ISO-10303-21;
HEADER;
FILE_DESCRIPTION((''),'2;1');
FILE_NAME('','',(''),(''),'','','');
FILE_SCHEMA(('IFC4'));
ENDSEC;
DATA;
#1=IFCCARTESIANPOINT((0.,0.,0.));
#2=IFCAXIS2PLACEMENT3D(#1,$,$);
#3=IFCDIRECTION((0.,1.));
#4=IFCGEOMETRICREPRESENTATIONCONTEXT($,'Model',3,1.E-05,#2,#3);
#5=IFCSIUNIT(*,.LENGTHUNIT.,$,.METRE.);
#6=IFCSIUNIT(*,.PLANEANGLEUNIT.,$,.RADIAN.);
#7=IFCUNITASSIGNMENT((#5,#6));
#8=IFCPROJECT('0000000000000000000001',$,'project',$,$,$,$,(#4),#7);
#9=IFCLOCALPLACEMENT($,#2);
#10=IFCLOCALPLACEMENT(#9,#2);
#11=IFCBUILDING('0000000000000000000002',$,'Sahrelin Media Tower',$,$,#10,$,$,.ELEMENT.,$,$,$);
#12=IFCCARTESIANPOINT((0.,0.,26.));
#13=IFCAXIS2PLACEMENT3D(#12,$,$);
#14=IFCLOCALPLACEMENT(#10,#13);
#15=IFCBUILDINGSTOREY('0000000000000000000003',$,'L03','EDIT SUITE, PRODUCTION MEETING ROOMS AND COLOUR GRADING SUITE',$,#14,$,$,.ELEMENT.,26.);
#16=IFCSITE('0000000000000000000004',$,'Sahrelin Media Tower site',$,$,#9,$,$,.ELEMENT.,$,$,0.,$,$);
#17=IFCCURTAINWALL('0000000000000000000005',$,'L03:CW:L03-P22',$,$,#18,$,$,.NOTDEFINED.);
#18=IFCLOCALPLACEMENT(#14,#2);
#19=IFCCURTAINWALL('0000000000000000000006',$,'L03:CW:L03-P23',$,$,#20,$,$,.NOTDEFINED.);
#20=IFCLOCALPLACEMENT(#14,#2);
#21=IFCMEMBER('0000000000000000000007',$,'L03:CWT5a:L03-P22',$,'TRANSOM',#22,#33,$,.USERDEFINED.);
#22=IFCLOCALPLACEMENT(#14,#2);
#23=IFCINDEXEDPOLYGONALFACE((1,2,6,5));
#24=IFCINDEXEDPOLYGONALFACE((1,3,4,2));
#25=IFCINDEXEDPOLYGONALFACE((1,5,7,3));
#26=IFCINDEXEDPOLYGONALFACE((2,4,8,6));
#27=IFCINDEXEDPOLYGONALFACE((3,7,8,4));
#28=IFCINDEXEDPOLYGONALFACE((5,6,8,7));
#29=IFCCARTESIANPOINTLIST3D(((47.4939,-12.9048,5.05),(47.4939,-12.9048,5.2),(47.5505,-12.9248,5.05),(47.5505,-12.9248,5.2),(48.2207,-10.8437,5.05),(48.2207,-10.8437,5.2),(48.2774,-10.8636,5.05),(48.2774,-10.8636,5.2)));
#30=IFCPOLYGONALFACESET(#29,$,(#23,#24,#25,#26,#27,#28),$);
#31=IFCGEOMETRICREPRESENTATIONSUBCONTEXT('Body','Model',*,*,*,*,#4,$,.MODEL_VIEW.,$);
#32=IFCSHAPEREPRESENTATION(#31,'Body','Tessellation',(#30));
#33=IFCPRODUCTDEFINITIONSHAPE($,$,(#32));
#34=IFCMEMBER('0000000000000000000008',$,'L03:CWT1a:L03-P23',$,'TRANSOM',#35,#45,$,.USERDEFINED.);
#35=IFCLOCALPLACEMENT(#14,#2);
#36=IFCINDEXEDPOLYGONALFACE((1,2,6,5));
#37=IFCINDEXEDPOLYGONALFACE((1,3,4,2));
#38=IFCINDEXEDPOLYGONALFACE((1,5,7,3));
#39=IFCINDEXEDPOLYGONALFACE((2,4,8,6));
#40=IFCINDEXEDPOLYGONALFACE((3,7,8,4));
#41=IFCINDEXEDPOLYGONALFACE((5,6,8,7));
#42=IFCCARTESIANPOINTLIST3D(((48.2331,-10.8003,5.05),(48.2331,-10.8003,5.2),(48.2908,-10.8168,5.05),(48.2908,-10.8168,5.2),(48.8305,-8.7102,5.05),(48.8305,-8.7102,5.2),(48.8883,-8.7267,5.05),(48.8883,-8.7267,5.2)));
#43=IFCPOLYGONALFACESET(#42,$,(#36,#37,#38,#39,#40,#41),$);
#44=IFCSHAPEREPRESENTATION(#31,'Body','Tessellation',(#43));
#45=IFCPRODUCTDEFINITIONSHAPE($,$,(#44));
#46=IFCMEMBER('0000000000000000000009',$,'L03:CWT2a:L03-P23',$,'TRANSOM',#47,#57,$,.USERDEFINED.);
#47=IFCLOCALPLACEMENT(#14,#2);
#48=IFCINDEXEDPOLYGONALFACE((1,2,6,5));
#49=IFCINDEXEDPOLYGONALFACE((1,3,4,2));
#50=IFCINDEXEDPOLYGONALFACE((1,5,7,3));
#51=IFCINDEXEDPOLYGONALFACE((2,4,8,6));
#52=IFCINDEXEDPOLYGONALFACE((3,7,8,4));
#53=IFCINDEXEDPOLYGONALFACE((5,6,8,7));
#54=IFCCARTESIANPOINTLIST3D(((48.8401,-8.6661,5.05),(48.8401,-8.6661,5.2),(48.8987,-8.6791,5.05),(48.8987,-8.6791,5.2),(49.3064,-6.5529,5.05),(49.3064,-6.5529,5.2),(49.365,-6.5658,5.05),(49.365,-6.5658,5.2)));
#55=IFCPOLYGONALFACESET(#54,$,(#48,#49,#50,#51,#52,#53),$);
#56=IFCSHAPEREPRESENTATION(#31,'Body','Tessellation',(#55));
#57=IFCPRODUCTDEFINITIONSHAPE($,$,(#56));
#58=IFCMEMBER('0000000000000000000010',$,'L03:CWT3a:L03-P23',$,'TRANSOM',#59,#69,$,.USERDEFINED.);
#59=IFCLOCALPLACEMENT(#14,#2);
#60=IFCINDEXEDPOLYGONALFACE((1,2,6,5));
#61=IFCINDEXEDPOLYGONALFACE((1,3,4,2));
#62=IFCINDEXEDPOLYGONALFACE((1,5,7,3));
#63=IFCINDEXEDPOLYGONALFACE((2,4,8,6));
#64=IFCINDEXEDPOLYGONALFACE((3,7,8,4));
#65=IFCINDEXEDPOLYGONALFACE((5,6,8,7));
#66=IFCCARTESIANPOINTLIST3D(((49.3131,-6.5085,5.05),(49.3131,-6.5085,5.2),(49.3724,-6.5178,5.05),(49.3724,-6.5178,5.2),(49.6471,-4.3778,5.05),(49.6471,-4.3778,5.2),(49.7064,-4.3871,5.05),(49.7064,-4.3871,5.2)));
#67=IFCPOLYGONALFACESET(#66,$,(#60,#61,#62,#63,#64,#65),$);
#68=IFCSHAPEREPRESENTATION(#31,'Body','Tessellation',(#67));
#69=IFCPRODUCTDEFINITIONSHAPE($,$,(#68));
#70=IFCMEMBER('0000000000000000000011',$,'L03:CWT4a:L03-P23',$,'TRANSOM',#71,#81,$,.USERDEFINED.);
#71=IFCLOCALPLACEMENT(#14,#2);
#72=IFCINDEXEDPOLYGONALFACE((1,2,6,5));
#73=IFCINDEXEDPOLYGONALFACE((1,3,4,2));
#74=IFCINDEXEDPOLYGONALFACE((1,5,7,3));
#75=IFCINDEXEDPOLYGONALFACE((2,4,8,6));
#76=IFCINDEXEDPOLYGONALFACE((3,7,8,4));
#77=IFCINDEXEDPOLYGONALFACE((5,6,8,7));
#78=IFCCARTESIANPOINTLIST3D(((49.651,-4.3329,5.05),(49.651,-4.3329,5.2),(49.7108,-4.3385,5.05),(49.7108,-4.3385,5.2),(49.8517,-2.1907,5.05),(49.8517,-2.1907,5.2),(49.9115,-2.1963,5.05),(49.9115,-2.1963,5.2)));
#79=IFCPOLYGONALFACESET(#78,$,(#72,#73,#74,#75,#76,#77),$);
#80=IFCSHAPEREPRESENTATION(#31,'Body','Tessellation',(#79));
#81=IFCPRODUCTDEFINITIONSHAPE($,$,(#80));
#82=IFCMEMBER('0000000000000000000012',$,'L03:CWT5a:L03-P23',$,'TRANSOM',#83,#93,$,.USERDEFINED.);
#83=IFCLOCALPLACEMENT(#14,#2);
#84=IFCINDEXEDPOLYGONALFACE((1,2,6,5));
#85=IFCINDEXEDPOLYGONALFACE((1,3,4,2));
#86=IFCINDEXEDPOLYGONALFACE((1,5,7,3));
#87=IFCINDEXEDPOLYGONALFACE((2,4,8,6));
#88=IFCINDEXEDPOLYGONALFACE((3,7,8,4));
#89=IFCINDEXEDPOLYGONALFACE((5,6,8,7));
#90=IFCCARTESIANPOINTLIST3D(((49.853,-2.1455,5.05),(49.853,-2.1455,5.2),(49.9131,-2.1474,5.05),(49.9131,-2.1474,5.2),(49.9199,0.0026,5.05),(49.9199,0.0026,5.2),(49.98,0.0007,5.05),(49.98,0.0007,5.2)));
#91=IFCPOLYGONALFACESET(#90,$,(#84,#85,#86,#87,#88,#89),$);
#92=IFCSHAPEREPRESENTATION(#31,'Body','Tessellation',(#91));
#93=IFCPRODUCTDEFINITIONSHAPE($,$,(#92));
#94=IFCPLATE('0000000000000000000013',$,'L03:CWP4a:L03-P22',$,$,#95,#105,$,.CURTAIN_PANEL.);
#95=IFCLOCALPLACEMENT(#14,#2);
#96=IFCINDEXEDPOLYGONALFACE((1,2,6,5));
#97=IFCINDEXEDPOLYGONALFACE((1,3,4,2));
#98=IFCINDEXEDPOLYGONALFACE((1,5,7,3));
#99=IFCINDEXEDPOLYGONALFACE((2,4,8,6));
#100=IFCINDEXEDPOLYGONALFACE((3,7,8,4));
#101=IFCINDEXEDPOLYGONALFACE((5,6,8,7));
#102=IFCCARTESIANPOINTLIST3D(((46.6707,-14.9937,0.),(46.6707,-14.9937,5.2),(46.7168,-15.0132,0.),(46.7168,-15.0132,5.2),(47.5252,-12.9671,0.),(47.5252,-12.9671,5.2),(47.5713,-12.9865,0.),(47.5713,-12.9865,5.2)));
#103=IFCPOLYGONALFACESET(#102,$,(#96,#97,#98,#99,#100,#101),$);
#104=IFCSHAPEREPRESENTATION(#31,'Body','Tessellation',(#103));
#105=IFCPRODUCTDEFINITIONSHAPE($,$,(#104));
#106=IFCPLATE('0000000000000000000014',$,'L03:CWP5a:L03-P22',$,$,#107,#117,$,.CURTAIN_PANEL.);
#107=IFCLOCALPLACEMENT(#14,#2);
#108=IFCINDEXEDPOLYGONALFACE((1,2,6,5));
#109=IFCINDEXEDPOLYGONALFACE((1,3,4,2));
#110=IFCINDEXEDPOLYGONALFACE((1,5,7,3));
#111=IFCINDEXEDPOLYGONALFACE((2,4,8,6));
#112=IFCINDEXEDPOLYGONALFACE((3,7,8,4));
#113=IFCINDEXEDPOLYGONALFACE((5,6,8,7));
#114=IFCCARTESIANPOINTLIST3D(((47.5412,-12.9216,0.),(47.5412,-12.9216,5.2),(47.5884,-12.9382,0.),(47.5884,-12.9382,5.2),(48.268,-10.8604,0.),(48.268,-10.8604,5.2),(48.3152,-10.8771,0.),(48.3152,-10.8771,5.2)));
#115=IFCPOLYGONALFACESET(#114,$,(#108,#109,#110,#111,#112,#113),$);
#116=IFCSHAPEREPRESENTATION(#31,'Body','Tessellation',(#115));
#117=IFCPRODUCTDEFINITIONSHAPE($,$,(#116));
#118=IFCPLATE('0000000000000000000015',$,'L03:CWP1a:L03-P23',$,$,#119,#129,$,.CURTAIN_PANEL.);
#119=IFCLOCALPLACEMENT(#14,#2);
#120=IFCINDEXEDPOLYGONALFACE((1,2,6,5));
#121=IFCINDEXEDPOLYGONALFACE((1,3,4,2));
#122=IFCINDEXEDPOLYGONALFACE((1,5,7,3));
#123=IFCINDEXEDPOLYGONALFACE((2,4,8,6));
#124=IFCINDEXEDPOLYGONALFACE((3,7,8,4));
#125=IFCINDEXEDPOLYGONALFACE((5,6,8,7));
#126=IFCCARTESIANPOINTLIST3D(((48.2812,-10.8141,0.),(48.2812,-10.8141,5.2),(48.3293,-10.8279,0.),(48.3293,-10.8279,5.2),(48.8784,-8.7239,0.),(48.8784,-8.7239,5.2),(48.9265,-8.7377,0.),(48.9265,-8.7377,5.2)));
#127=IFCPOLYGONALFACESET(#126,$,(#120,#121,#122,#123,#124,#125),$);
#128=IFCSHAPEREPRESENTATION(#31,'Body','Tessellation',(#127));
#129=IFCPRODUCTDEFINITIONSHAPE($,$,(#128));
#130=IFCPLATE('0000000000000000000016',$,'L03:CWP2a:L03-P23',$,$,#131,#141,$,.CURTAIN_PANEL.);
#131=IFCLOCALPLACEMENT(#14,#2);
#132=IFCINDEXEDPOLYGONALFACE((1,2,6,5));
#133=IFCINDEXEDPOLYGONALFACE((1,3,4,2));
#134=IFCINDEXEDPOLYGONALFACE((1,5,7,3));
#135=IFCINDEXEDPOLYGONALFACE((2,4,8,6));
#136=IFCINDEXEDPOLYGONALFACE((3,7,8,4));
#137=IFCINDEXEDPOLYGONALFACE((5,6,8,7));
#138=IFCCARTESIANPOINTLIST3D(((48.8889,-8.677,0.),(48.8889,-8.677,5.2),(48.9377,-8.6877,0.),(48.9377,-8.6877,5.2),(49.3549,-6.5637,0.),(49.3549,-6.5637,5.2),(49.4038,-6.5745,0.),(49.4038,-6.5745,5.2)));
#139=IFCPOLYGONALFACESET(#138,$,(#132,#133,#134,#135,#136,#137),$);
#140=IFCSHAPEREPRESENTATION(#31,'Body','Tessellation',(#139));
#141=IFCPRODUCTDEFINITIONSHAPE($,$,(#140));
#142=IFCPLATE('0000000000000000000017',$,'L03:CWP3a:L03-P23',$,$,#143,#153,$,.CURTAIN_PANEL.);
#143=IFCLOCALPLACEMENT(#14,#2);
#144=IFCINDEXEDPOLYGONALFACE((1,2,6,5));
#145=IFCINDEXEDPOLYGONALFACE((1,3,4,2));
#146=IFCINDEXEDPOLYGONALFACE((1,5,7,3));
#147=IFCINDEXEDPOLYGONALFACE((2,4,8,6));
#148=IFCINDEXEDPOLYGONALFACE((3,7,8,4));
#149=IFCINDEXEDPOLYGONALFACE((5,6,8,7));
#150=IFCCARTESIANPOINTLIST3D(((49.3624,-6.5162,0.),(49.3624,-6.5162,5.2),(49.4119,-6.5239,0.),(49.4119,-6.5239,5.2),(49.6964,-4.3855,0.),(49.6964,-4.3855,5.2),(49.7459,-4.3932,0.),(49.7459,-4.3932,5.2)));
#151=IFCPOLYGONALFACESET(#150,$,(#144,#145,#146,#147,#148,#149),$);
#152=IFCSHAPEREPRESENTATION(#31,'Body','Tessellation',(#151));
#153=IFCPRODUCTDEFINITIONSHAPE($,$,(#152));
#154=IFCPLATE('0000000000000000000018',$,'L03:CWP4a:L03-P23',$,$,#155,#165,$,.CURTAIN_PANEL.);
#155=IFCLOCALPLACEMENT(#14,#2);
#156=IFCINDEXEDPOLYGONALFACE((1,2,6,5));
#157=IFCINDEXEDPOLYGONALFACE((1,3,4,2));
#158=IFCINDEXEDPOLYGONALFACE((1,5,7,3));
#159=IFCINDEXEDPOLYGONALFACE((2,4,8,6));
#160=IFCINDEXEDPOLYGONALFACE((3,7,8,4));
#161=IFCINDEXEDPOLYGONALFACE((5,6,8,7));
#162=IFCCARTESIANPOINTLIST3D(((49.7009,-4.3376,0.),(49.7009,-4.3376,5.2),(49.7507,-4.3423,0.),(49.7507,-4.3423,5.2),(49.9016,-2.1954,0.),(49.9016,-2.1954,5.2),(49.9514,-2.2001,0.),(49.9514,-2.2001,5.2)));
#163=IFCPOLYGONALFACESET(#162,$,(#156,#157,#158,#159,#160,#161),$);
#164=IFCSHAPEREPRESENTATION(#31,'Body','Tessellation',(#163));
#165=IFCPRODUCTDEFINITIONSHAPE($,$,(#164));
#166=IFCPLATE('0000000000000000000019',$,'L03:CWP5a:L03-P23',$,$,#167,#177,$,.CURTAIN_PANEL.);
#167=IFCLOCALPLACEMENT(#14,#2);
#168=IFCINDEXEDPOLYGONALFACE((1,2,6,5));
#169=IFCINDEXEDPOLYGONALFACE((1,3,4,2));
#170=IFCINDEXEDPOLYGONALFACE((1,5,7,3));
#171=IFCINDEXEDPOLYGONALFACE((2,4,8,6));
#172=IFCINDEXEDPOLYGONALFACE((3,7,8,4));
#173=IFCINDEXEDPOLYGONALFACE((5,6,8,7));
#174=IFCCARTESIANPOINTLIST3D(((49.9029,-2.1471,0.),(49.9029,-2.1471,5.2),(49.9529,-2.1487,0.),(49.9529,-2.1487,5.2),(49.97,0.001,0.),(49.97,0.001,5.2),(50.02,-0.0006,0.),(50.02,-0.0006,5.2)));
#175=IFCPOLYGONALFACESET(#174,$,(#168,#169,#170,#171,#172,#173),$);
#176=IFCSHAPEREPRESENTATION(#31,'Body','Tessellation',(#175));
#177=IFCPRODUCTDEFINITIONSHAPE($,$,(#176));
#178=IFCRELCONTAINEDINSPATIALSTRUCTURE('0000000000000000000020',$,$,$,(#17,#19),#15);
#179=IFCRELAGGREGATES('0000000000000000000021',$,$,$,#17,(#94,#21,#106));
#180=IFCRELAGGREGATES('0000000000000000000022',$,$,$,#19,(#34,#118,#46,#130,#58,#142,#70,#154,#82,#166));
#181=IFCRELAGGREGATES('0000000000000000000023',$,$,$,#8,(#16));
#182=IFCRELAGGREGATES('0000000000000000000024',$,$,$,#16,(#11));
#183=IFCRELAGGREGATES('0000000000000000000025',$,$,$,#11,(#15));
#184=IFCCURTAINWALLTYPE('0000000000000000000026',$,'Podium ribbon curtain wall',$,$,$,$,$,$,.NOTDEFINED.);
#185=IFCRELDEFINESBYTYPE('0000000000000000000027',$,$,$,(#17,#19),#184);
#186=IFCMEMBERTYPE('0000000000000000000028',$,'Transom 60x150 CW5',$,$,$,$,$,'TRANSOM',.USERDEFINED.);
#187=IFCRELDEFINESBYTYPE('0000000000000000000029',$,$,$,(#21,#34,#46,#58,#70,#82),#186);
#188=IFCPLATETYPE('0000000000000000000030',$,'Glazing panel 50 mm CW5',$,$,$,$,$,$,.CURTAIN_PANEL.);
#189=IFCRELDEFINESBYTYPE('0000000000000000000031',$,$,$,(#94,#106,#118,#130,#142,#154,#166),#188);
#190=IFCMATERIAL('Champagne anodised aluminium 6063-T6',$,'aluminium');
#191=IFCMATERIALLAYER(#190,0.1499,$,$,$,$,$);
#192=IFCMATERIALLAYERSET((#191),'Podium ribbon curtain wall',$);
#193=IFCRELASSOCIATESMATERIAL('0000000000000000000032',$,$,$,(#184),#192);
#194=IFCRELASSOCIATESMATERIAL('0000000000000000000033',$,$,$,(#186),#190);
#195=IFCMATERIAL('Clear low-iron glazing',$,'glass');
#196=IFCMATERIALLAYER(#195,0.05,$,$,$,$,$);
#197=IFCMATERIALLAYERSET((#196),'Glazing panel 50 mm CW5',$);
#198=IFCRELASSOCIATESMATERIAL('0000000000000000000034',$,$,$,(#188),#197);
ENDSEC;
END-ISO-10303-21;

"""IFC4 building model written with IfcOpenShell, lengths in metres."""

from ifc_helpers import new_model, si_unit, direction, frame, origin, origin_2d, place, context, subcontext, project, spatial, polyline, rectangle, outline, extrude, material, layer, layer_set, material_profile, profile_set, type_object, element, aggregate, save


model = new_model("IFC4")

# Units and contexts
model_context = context("Model", 3, precision=1e-05, world=origin(), true_north=direction((0.0, 1.0)))
body_context = subcontext(model_context, "Body", "Model", "MODEL_VIEW")
ifc_project = project(units=[si_unit("LENGTHUNIT", "METRE"), si_unit("PLANEANGLEUNIT", "RADIAN")], contexts=[model_context])

# Site, building, storey
site_placement = place(None, origin())
site = spatial("IfcSite", under=ifc_project, at=site_placement, Name="Sahrelin Media Tower site", CompositionType="ELEMENT", RefElevation=0.0)
building_placement = place(site_placement, origin())
building = spatial("IfcBuilding", under=site, at=building_placement, Name="Sahrelin Media Tower", CompositionType="ELEMENT")
storey_placement = place(building_placement, frame((0.0, 0.0, 26.0)))
storey = spatial("IfcBuildingStorey", under=building, at=storey_placement, Name="L03", Description="EDIT SUITE, PRODUCTION MEETING ROOMS AND COLOUR GRADING SUITE", CompositionType="ELEMENT", Elevation=26.0)

# Shared definitions
ifc_material_1 = material(Name="Champagne anodised aluminium 6063-T6", Category="aluminium")
ifc_layer_1 = layer(ifc_material_1, 0.1499)
ifc_layer_set_1 = layer_set([ifc_layer_1], Name="Podium ribbon curtain wall")
curtain_wall_type = type_object("IfcCurtainWallType", Name="Podium ribbon curtain wall", PredefinedType="NOTDEFINED", material=ifc_layer_set_1)

# Curtain walls
curtain_wall_1_placement = place(storey_placement, frame((43.3013, -21.0, 0.0), z_axis=(0.0, 0.0, 1.0), x_axis=(1.0, 0.0, 0.0)))
curtain_wall_1 = element("IfcCurtainWall", 1, at=curtain_wall_1_placement, inside=storey, type_object=curtain_wall_type, Name="L03:CW:L03-P22", PredefinedType="NOTDEFINED")
curtain_wall_2_placement = place(storey_placement, frame((48.2964, -10.8704, 0.0), z_axis=(0.0, 0.0, 1.0), x_axis=(1.0, 0.0, 0.0)))
curtain_wall_2 = element("IfcCurtainWall", 2, at=curtain_wall_2_placement, inside=storey, type_object=curtain_wall_type, Name="L03:CW:L03-P23", PredefinedType="NOTDEFINED")

# Members
ifc_material_profile_1 = material_profile(ifc_material_1, rectangle(XDim=0.0601, YDim=0.1499, at=origin_2d()), Name="Transom 60x150")
ifc_profile_set_1 = profile_set([ifc_material_profile_1], Name="Champagne anodised aluminium 6063-T6")
member_type_1 = type_object("IfcMemberType", Name="Transom 60x150 CW5", ElementType="TRANSOM", PredefinedType="USERDEFINED", material=ifc_profile_set_1)
member_1_placement = place(storey_placement, frame((47.5222, -12.9148, 5.125), z_axis=(0.332569, 0.943079, 0.0), x_axis=(-0.943079, 0.332569, 0.0)))
member_1 = element("IfcMember", 3, at=member_1_placement, type_object=member_type_1, Name="L03:CWT5a:L03-P22", ObjectType="TRANSOM", PredefinedType="USERDEFINED", context=body_context, shape_type="SweptSolid", body=[
    extrude(rectangle(XDim=0.0601, YDim=0.1499, at=origin_2d()), origin(), (0.0, 0.0, 1.0), 2.1855),
])
member_2_placement = place(storey_placement, frame((48.262, -10.8086, 5.125), z_axis=(0.274825, 0.961494, 0.0), x_axis=(-0.961494, 0.274825, 0.0)))
member_2 = element("IfcMember", 4, at=member_2_placement, type_object=member_type_1, Name="L03:CWT1a:L03-P23", ObjectType="TRANSOM", PredefinedType="USERDEFINED", context=body_context, shape_type="SweptSolid", body=[
    extrude(rectangle(XDim=0.0601, YDim=0.1499, at=origin_2d()), origin(), (0.0, 0.0, 1.0), 2.1738),
])
member_3_placement = place(storey_placement, frame((48.8694, -8.6726, 5.125), z_axis=(0.215473, 0.97651, 0.0), x_axis=(-0.97651, 0.215473, 0.0)))
member_3 = element("IfcMember", 5, at=member_3_placement, type_object=member_type_1, Name="L03:CWT2a:L03-P23", ObjectType="TRANSOM", PredefinedType="USERDEFINED", context=body_context, shape_type="SweptSolid", body=[
    extrude(rectangle(XDim=0.0601, YDim=0.1499, at=origin_2d()), origin(), (0.0, 0.0, 1.0), 2.1641),
])
member_4_placement = place(storey_placement, frame((49.3428, -6.5132, 5.125), z_axis=(0.154864, 0.987936, 0.0), x_axis=(-0.987936, 0.154864, 0.0)))
member_4 = element("IfcMember", 6, at=member_4_placement, type_object=member_type_1, Name="L03:CWT3a:L03-P23", ObjectType="TRANSOM", PredefinedType="USERDEFINED", context=body_context, shape_type="SweptSolid", body=[
    extrude(rectangle(XDim=0.0601, YDim=0.1499, at=origin_2d()), origin(), (0.0, 0.0, 1.0), 2.1567),
])
member_5_placement = place(storey_placement, frame((49.6809, -4.3357, 5.125), z_axis=(0.093267, 0.995641, 0.0), x_axis=(-0.995641, 0.093267, 0.0)))
member_5 = element("IfcMember", 7, at=member_5_placement, type_object=member_type_1, Name="L03:CWT4a:L03-P23", ObjectType="TRANSOM", PredefinedType="USERDEFINED", context=body_context, shape_type="SweptSolid", body=[
    extrude(rectangle(XDim=0.0601, YDim=0.1499, at=origin_2d()), origin(), (0.0, 0.0, 1.0), 2.1516),
])
member_6_placement = place(storey_placement, frame((49.8831, -2.1465, 5.125), z_axis=(0.031125, 0.999516, 0.0), x_axis=(-0.999516, 0.031125, 0.0)))
member_6 = element("IfcMember", 8, at=member_6_placement, type_object=member_type_1, Name="L03:CWT5a:L03-P23", ObjectType="TRANSOM", PredefinedType="USERDEFINED", context=body_context, shape_type="SweptSolid", body=[
    extrude(rectangle(XDim=0.0601, YDim=0.1499, at=origin_2d()), origin(), (0.0, 0.0, 1.0), 2.1492),
])

# Plates
ifc_material_2 = material(Name="Clear low-iron glazing", Category="glass")
ifc_layer_2 = layer(ifc_material_2, 0.05)
ifc_layer_set_2 = layer_set([ifc_layer_2], Name="Glazing panel 50 mm CW5")
plate_type = type_object("IfcPlateType", Name="Glazing panel 50 mm CW5", PredefinedType="CURTAIN_PANEL", material=ifc_layer_set_2)
plate_1_placement = place(storey_placement, frame((46.7168, -15.0132, 0.0), z_axis=(0.921443, -0.388514, 0.0), x_axis=(0.388514, 0.921443, 0.0)))
plate_1 = element("IfcPlate", 9, at=plate_1_placement, type_object=plate_type, Name="L03:CWP4a:L03-P22", PredefinedType="CURTAIN_PANEL", context=body_context, shape_type="SweptSolid", body=[
    extrude(outline(polyline([(0.0, 0.0), (2.1995, 0.0), (2.1995, 5.2), (0.0, 5.2), (0.0, 0.0)])), origin(), (0.0, 0.0, -1.0), 0.05),
])
plate_2_placement = place(storey_placement, frame((47.5884, -12.9382, 0.0), z_axis=(0.943079, -0.332569, 0.0), x_axis=(0.332569, 0.943079, 0.0)))
plate_2 = element("IfcPlate", 10, at=plate_2_placement, type_object=plate_type, Name="L03:CWP5a:L03-P22", PredefinedType="CURTAIN_PANEL", context=body_context, shape_type="SweptSolid", body=[
    extrude(outline(polyline([(0.0, 0.0), (2.1855, 0.0), (2.1855, 5.2), (0.0, 5.2), (0.0, 0.0)])), origin(), (0.0, 0.0, -1.0), 0.05),
])
aggregate(curtain_wall_1, [plate_1, member_1, plate_2])
plate_3_placement = place(storey_placement, frame((48.3293, -10.8279, 0.0), z_axis=(0.961524, -0.274721, 0.0), x_axis=(0.274721, 0.961524, 0.0)))
plate_3 = element("IfcPlate", 11, at=plate_3_placement, type_object=plate_type, Name="L03:CWP1a:L03-P23", PredefinedType="CURTAIN_PANEL", context=body_context, shape_type="SweptSolid", body=[
    extrude(outline(polyline([(0.0, 0.0), (2.1738, 0.0), (2.1738, 5.2), (0.0, 5.2), (0.0, 0.0)])), origin(), (0.0, 0.0, -1.0), 0.05),
])
plate_4_placement = place(storey_placement, frame((48.9377, -8.6877, 0.0), z_axis=(0.976534, -0.215365, 0.0), x_axis=(0.215365, 0.976534, 0.0)))
plate_4 = element("IfcPlate", 12, at=plate_4_placement, type_object=plate_type, Name="L03:CWP2a:L03-P23", PredefinedType="CURTAIN_PANEL", context=body_context, shape_type="SweptSolid", body=[
    extrude(outline(polyline([(0.0, 0.0), (2.1641, 0.0), (2.1641, 5.2), (0.0, 5.2), (0.0, 0.0)])), origin(), (0.0, 0.0, -1.0), 0.05),
])
plate_5_placement = place(storey_placement, frame((49.4119, -6.5239, 0.0), z_axis=(0.987936, -0.154864, 0.0), x_axis=(0.154864, 0.987936, 0.0)))
plate_5 = element("IfcPlate", 13, at=plate_5_placement, type_object=plate_type, Name="L03:CWP3a:L03-P23", PredefinedType="CURTAIN_PANEL", context=body_context, shape_type="SweptSolid", body=[
    extrude(outline(polyline([(0.0, 0.0), (2.1567, 0.0), (2.1567, 5.2), (0.0, 5.2), (0.0, 0.0)])), origin(), (0.0, 0.0, -1.0), 0.05),
])
plate_6_placement = place(storey_placement, frame((49.7507, -4.3423, 0.0), z_axis=(0.995641, -0.093267, 0.0), x_axis=(0.093267, 0.995641, 0.0)))
plate_6 = element("IfcPlate", 14, at=plate_6_placement, type_object=plate_type, Name="L03:CWP4a:L03-P23", PredefinedType="CURTAIN_PANEL", context=body_context, shape_type="SweptSolid", body=[
    extrude(outline(polyline([(0.0, 0.0), (2.1516, 0.0), (2.1516, 5.2), (0.0, 5.2), (0.0, 0.0)])), origin(), (0.0, 0.0, -1.0), 0.05),
])
plate_7_placement = place(storey_placement, frame((49.9529, -2.1487, 0.0), z_axis=(0.999512, -0.031238, 0.0), x_axis=(0.031238, 0.999512, 0.0)))
plate_7 = element("IfcPlate", 15, at=plate_7_placement, type_object=plate_type, Name="L03:CWP5a:L03-P23", PredefinedType="CURTAIN_PANEL", context=body_context, shape_type="SweptSolid", body=[
    extrude(outline(polyline([(0.0, 0.0), (2.1492, 0.0), (2.1492, 5.2), (0.0, 5.2), (0.0, 0.0)])), origin(), (0.0, 0.0, -1.0), 0.05),
])
aggregate(curtain_wall_2, [member_2, plate_3, member_3, plate_4, member_4, plate_5, member_5, plate_6, member_6, plate_7])

save(model, "model.ifc")
